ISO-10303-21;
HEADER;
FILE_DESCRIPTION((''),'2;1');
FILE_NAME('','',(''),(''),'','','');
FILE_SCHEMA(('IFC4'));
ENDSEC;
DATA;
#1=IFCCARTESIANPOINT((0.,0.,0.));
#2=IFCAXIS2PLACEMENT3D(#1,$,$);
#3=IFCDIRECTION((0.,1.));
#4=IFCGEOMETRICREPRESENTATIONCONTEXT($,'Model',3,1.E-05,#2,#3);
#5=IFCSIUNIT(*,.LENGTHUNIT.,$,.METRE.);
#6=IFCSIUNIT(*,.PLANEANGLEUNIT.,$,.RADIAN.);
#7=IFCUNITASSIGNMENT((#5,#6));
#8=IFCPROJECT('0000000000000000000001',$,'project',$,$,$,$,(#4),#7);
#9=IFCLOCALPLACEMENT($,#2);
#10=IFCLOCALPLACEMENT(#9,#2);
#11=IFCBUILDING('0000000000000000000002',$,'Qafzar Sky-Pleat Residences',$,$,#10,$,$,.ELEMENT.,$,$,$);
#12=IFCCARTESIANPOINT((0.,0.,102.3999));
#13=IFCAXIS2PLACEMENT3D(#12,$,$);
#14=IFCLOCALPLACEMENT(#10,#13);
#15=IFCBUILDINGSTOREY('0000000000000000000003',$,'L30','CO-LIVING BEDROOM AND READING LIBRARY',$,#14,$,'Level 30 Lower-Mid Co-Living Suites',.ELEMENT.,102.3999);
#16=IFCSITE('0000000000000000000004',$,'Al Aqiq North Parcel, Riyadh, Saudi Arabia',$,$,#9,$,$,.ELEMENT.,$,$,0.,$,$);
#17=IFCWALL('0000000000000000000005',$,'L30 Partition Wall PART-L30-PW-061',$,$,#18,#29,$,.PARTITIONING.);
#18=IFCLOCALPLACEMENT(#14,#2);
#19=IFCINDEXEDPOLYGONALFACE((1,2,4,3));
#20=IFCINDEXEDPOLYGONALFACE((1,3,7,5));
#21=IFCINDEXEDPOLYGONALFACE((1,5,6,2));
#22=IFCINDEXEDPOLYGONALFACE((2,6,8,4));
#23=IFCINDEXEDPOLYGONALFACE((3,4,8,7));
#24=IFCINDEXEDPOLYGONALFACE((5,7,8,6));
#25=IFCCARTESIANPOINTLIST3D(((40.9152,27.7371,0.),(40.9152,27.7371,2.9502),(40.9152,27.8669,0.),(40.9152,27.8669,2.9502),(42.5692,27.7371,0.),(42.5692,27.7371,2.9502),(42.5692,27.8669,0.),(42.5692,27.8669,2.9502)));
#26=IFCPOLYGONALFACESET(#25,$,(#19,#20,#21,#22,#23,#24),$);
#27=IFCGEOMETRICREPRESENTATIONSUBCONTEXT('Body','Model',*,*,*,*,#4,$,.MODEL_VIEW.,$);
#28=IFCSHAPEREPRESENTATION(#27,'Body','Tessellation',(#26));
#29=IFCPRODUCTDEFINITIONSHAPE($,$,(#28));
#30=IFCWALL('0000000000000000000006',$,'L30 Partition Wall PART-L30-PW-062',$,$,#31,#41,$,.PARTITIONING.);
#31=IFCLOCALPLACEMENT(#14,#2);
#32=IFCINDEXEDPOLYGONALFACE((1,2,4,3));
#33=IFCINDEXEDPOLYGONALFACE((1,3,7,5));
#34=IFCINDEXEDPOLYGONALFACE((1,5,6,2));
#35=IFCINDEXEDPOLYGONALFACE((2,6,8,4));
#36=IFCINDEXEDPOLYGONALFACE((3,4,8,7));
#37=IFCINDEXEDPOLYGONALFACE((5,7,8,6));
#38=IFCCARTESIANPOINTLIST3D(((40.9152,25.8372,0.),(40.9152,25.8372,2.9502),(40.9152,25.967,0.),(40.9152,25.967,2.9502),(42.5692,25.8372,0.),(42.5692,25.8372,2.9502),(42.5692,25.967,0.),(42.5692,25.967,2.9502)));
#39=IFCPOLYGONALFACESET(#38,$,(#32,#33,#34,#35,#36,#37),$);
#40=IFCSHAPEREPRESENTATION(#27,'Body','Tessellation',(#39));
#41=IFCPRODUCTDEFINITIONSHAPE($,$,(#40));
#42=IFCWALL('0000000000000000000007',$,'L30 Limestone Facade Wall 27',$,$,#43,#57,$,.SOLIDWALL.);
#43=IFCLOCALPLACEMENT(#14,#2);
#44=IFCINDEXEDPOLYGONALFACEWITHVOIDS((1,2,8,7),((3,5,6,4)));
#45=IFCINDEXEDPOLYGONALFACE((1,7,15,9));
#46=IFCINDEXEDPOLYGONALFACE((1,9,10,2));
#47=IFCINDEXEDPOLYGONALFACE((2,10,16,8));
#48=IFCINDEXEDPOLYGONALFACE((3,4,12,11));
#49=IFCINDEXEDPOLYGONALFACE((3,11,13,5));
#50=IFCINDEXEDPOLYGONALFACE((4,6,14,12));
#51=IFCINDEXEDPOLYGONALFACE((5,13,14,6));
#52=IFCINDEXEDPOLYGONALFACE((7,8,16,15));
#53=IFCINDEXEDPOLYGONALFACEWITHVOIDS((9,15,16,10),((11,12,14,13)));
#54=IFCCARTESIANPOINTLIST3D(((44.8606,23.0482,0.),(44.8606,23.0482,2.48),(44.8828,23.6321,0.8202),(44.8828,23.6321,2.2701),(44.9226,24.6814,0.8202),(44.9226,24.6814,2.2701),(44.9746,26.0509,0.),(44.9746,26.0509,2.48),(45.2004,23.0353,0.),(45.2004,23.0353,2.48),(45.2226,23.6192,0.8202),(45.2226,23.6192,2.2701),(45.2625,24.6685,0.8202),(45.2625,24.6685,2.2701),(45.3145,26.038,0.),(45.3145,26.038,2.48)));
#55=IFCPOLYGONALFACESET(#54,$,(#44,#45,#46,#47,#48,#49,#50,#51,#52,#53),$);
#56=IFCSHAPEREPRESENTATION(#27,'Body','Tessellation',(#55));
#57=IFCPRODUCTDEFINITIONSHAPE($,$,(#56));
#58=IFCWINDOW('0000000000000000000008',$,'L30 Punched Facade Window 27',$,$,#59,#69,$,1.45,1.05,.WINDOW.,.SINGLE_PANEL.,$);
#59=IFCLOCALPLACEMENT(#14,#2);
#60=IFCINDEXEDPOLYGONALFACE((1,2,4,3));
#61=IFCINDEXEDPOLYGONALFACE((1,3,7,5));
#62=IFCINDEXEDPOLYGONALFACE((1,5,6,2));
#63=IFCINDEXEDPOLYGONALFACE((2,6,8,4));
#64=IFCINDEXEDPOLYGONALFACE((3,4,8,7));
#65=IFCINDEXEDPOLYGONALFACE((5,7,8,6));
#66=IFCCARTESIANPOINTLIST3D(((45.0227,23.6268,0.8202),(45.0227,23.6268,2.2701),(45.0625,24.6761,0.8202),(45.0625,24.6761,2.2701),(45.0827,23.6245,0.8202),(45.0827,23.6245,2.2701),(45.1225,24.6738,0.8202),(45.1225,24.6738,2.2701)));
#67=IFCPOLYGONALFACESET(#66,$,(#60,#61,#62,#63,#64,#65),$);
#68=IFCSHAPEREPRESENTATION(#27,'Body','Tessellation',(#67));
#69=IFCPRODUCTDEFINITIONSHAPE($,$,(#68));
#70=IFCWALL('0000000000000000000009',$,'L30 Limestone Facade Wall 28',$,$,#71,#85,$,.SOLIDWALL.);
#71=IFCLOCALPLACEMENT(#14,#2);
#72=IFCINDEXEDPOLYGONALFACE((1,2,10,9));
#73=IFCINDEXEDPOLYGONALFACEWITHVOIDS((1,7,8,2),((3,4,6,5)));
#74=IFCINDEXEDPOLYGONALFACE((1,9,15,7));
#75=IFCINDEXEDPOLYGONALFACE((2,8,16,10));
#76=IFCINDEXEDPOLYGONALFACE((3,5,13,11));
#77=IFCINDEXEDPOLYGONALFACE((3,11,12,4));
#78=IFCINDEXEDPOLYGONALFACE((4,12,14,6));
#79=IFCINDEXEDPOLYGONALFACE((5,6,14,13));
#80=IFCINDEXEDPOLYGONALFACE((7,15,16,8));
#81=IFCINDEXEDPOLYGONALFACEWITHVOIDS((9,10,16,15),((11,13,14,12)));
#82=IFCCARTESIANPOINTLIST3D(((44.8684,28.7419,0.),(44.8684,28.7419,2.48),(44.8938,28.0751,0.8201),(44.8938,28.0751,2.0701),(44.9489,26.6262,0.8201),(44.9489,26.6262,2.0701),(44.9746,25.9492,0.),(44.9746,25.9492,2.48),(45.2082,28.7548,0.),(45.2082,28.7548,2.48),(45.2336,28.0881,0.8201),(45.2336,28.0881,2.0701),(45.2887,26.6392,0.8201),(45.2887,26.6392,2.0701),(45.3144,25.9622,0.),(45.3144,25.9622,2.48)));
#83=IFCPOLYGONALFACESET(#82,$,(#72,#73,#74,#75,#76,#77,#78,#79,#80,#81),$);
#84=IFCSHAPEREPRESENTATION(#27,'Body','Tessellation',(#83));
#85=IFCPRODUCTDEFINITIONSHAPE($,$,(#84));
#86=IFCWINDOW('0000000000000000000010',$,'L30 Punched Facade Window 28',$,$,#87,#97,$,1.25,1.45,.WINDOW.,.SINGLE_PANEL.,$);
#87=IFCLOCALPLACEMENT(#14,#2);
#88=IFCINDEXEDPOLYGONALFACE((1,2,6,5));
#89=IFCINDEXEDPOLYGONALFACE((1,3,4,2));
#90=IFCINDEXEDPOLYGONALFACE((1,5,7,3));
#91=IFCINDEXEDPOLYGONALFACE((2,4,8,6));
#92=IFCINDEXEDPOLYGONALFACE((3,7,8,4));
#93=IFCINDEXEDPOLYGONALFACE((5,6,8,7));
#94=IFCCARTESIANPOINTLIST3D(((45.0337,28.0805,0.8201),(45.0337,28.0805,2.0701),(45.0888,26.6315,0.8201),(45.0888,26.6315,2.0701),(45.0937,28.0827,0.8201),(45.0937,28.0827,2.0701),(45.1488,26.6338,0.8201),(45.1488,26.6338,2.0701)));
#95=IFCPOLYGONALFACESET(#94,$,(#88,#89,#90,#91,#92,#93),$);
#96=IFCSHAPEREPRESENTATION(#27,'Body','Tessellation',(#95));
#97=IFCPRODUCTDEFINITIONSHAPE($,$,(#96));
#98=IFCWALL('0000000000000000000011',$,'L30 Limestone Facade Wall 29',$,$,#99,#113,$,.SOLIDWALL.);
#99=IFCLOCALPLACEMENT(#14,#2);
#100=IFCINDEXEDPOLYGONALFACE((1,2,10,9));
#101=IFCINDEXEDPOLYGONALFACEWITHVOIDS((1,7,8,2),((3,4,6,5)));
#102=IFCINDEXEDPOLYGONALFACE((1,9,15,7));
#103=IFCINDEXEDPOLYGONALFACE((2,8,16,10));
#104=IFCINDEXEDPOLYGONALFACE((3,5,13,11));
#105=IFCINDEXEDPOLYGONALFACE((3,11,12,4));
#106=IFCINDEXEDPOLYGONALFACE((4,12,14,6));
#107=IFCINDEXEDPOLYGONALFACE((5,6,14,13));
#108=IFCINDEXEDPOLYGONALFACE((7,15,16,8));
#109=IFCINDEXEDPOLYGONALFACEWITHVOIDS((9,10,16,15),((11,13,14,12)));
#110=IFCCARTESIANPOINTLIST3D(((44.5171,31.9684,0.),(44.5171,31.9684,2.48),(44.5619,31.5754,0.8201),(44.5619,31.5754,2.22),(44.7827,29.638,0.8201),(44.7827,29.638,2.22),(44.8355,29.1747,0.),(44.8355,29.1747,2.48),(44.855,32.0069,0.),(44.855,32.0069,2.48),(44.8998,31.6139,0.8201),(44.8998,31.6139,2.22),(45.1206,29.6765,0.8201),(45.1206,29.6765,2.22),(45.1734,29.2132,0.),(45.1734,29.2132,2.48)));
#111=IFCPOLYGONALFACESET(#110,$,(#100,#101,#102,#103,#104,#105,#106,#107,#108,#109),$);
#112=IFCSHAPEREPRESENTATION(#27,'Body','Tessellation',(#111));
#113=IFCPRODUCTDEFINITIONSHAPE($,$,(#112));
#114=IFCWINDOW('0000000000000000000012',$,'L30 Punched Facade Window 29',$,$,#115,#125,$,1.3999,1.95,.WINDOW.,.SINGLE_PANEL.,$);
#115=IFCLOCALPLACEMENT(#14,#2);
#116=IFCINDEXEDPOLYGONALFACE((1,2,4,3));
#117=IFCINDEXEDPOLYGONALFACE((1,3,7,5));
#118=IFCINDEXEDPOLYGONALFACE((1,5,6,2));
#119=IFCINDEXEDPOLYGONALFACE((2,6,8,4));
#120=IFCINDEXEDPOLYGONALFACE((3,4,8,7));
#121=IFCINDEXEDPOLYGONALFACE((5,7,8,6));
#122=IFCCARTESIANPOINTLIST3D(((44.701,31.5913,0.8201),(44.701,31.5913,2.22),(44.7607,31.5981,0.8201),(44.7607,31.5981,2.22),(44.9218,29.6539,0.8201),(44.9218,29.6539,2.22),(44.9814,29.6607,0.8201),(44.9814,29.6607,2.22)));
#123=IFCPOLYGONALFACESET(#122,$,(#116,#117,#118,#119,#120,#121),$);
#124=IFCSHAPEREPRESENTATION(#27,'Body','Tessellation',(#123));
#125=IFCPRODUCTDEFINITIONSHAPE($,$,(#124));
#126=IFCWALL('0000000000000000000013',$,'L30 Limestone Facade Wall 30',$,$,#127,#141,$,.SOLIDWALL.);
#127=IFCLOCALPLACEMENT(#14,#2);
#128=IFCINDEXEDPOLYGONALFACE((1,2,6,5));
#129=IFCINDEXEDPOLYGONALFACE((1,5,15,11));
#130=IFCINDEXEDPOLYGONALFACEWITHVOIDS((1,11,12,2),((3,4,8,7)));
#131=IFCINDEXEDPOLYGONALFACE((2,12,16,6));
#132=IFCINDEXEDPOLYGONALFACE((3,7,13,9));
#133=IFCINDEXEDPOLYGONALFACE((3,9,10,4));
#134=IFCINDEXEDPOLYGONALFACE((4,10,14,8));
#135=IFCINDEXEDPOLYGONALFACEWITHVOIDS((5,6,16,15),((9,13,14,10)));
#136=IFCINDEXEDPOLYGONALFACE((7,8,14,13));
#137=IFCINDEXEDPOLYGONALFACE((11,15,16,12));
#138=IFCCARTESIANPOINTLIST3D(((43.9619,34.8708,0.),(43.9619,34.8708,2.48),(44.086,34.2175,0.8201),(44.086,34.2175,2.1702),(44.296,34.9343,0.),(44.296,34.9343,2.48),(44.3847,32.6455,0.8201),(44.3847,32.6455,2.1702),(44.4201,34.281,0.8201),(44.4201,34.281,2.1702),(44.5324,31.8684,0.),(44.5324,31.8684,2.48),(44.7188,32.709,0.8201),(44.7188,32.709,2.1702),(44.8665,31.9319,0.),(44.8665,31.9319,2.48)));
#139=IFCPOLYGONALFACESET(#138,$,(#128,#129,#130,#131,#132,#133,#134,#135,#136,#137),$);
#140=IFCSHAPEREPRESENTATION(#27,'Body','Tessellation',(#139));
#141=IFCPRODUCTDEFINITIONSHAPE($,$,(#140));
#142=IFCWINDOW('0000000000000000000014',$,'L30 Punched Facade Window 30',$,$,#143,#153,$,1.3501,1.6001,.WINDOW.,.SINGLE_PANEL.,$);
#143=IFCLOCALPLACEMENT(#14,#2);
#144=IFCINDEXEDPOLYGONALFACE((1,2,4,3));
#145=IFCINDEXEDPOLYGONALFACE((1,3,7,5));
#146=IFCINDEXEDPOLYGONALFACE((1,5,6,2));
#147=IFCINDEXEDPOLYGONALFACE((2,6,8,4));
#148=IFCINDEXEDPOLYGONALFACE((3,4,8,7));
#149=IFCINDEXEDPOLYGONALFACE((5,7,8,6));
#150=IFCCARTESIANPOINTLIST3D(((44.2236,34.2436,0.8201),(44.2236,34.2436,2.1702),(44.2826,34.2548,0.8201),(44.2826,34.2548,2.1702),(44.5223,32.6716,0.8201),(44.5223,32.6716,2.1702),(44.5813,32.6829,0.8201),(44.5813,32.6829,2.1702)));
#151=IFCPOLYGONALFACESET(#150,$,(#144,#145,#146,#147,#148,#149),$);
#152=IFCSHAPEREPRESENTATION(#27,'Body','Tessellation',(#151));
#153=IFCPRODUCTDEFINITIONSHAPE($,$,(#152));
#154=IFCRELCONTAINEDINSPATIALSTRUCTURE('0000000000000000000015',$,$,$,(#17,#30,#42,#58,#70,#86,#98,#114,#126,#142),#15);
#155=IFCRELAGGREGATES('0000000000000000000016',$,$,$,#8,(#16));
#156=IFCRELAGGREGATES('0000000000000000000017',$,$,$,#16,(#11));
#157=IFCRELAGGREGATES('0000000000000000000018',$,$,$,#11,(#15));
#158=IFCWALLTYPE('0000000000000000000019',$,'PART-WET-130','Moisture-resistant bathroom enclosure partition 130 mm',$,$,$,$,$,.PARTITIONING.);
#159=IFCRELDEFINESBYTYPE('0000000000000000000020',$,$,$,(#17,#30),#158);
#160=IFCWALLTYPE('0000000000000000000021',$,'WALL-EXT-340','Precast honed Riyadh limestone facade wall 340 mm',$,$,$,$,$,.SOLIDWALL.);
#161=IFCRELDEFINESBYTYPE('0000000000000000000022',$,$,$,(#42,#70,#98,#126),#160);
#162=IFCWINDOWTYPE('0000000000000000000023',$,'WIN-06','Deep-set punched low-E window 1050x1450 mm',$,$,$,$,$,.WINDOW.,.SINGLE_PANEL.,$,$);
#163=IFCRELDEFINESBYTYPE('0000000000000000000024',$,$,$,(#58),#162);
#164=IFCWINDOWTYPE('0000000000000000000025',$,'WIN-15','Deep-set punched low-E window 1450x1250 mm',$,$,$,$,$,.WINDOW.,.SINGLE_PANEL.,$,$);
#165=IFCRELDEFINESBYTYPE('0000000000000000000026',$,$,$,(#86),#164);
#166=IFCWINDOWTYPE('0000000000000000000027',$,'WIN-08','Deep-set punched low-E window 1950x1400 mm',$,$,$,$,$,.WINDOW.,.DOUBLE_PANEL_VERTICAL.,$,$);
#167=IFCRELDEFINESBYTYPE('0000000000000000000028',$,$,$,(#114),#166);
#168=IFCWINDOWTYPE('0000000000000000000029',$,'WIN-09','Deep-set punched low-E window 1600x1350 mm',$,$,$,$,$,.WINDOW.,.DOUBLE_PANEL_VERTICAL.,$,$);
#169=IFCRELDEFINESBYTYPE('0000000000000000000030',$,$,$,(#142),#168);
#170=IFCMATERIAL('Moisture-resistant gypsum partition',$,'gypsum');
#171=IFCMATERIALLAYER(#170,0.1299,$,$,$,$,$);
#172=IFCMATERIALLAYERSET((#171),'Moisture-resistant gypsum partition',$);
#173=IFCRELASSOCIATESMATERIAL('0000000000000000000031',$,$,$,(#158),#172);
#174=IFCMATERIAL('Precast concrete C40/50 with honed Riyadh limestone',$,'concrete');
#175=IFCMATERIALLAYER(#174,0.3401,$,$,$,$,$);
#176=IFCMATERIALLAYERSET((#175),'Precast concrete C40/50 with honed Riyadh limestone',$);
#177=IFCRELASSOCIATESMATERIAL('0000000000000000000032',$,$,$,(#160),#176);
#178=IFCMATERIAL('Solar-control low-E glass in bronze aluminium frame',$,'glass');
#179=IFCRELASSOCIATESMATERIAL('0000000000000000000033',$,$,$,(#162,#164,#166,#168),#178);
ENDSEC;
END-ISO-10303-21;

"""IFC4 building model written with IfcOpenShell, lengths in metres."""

from ifc_helpers import new_model, si_unit, direction, frame, frame_2d, origin, place, context, subcontext, project, spatial, rectangle, extrude, source, transform, mapped, material, layer, layer_set, type_object, element, fill, save


model = new_model("IFC4")

# Units and contexts
model_context = context("Model", 3, precision=1e-05, world=origin(), true_north=direction((0.0, 1.0)))
body_context = subcontext(model_context, "Body", "Model", "MODEL_VIEW")
ifc_project = project(units=[si_unit("LENGTHUNIT", "METRE"), si_unit("PLANEANGLEUNIT", "RADIAN")], contexts=[model_context])

# Site, building, storey
site_placement = place(None, origin())
site = spatial("IfcSite", under=ifc_project, at=site_placement, Name="Al Aqiq North Parcel, Riyadh, Saudi Arabia", CompositionType="ELEMENT", RefElevation=0.0)
building_placement = place(site_placement, origin())
building = spatial("IfcBuilding", under=site, at=building_placement, Name="Qafzar Sky-Pleat Residences", CompositionType="ELEMENT")
storey_placement = place(building_placement, frame((0.0, 0.0, 102.3999)))
storey = spatial("IfcBuildingStorey", under=building, at=storey_placement, Name="L30", Description="CO-LIVING BEDROOM AND READING LIBRARY", LongName="Level 30 Lower-Mid Co-Living Suites", CompositionType="ELEMENT", Elevation=102.3999)

# Shared definitions
ifc_material_1 = material(Name="Moisture-resistant gypsum partition", Category="gypsum")
ifc_layer_1 = layer(ifc_material_1, 0.1299)
ifc_layer_set_1 = layer_set([ifc_layer_1], Name="Moisture-resistant gypsum partition")
wall_type_1 = type_object("IfcWallType", Name="PART-WET-130", Description="Moisture-resistant bathroom enclosure partition 130 mm", PredefinedType="PARTITIONING", material=ifc_layer_set_1)

# Walls
for number, where, z_axis, x_axis, name in (
    (1, (40.915, 27.802, 0.0), (0.0, 0.0, 1.0), (1.0, 0.0, 0.0), "L30 Partition Wall PART-L30-PW-061"),
    (2, (40.915, 25.9021, 0.0), (0.0, 0.0, 1.0), (1.0, 0.0, 0.0), "L30 Partition Wall PART-L30-PW-062"),
):
    element("IfcWall", number, at=place(storey_placement, frame(where, z_axis=z_axis, x_axis=x_axis)), inside=storey, type_object=wall_type_1, Name=name, PredefinedType="PARTITIONING", context=body_context, shape_type="SweptSolid", body=[
        extrude(rectangle(XDim=1.6541, YDim=0.1299, at=frame_2d((0.8271, 0.0))), origin(), (0.0, 0.0, 1.0), 2.9502),
    ])

# Walls, openings, windows
ifc_material_2 = material(Name="Precast concrete C40/50 with honed Riyadh limestone", Category="concrete")
ifc_layer_2 = layer(ifc_material_2, 0.3401)
ifc_layer_set_2 = layer_set([ifc_layer_2], Name="Precast concrete C40/50 with honed Riyadh limestone")
wall_type_2 = type_object("IfcWallType", Name="WALL-EXT-340", Description="Precast honed Riyadh limestone facade wall 340 mm", PredefinedType="SOLIDWALL", material=ifc_layer_set_2)
wall_1_placement = place(storey_placement, frame((45.0305, 23.0417, 0.0), z_axis=(0.0, 0.0, 1.0), x_axis=(0.037943, 0.99928, 0.0)))
wall_1 = element("IfcWall", 3, at=wall_1_placement, inside=storey, type_object=wall_type_2, Name="L30 Limestone Facade Wall 27", PredefinedType="SOLIDWALL", context=body_context, shape_type="SweptSolid", body=[
    extrude(rectangle(XDim=3.0049, YDim=0.3401, at=frame_2d((1.5024, 0.0))), origin(), (0.0, 0.0, 1.0), 2.48),
])
opening_1_placement = place(wall_1_placement, frame((0.5845, 0.0, 0.8201)))
opening_1 = element("IfcOpeningElement", 4, at=opening_1_placement, cuts=wall_1, PredefinedType="OPENING", context=body_context, shape_type="SweptSolid", body=[
    extrude(rectangle(XDim=1.05, YDim=1.45, at=frame_2d((0.5249, 0.7251))), frame((0.0, 0.1802, 0.0), z_axis=(0.0, -1.0, 0.0), x_axis=(1.0, 0.0, 0.0)), (0.0, 0.0, 1.0), 0.3601),
])
ifc_material_3 = material(Name="Solar-control low-E glass in bronze aluminium frame", Category="glass")
window_type_1 = type_object("IfcWindowType", Name="WIN-06", Description="Deep-set punched low-E window 1050x1450 mm", PartitioningType="SINGLE_PANEL", PredefinedType="WINDOW", material=ifc_material_3)
shared_shape_1 = source(origin(), body_context, "Body", "SweptSolid", [
    extrude(rectangle(XDim=1.05, YDim=1.45, at=frame_2d((0.5249, 0.7251))), frame((0.0, 0.03, 0.0), z_axis=(0.0, -1.0, 0.0), x_axis=(1.0, 0.0, 0.0)), (0.0, 0.0, 1.0), 0.0601),
])
window_1_placement = place(opening_1_placement, origin())
window_1 = element("IfcWindow", 5, at=window_1_placement, inside=storey, type_object=window_type_1, Name="L30 Punched Facade Window 27", OverallHeight=1.45, OverallWidth=1.05, PartitioningType="SINGLE_PANEL", PredefinedType="WINDOW", context=body_context, shape_type="MappedRepresentation", body=[
    mapped(shared_shape_1, transform((0.0, 0.0, 0.0), x_axis=(1.0, 0.0, 0.0), y_axis=(0.0, 1.0, 0.0), z_axis=(0.0, 0.0, 1.0), scale=1.0)),
])
fill(opening_1, window_1)
wall_2_placement = place(storey_placement, frame((45.1445, 25.9556, 0.0), z_axis=(0.0, 0.0, 1.0), x_axis=(-0.038, 0.999278, 0.0)))
wall_2 = element("IfcWall", 6, at=wall_2_placement, inside=storey, type_object=wall_type_2, Name="L30 Limestone Facade Wall 28", PredefinedType="SOLIDWALL", context=body_context, shape_type="SweptSolid", body=[
    extrude(rectangle(XDim=2.7947, YDim=0.3401, at=frame_2d((1.3975, 0.0))), origin(), (0.0, 0.0, 1.0), 2.48),
])
opening_2_placement = place(wall_2_placement, frame((0.6775, 0.0, 0.8201)))
opening_2 = element("IfcOpeningElement", 7, at=opening_2_placement, cuts=wall_2, PredefinedType="OPENING", context=body_context, shape_type="SweptSolid", body=[
    extrude(rectangle(XDim=1.45, YDim=1.25, at=frame_2d((0.7251, 0.625))), frame((0.0, 0.1802, 0.0), z_axis=(0.0, -1.0, 0.0), x_axis=(1.0, 0.0, 0.0)), (0.0, 0.0, 1.0), 0.3601),
])
window_type_2 = type_object("IfcWindowType", Name="WIN-15", Description="Deep-set punched low-E window 1450x1250 mm", PartitioningType="SINGLE_PANEL", PredefinedType="WINDOW", material=ifc_material_3)
shared_shape_2 = source(origin(), body_context, "Body", "SweptSolid", [
    extrude(rectangle(XDim=1.45, YDim=1.25, at=frame_2d((0.7251, 0.625))), frame((0.0, 0.03, 0.0), z_axis=(0.0, -1.0, 0.0), x_axis=(1.0, 0.0, 0.0)), (0.0, 0.0, 1.0), 0.0601),
])
window_2_placement = place(opening_2_placement, origin())
window_2 = element("IfcWindow", 8, at=window_2_placement, inside=storey, type_object=window_type_2, Name="L30 Punched Facade Window 28", OverallHeight=1.25, OverallWidth=1.45, PartitioningType="SINGLE_PANEL", PredefinedType="WINDOW", context=body_context, shape_type="MappedRepresentation", body=[
    mapped(shared_shape_2, transform((0.0, 0.0, 0.0), x_axis=(1.0, 0.0, 0.0), y_axis=(0.0, 1.0, 0.0), z_axis=(0.0, 0.0, 1.0), scale=1.0)),
])
fill(opening_2, window_2)
wall_3_placement = place(storey_placement, frame((45.0044, 29.1941, 0.0), z_axis=(0.0, 0.0, 1.0), x_axis=(-0.113223, 0.99357, 0.0)))
wall_3 = element("IfcWall", 9, at=wall_3_placement, inside=storey, type_object=wall_type_2, Name="L30 Limestone Facade Wall 29", PredefinedType="SOLIDWALL", context=body_context, shape_type="SweptSolid", body=[
    extrude(rectangle(XDim=2.8118, YDim=0.3401, at=frame_2d((1.4058, 0.0))), origin(), (0.0, 0.0, 1.0), 2.48),
])
opening_3_placement = place(wall_3_placement, frame((0.4661, 0.0, 0.8201)))
opening_3 = element("IfcOpeningElement", 10, at=opening_3_placement, cuts=wall_3, PredefinedType="OPENING", context=body_context, shape_type="SweptSolid", body=[
    extrude(rectangle(XDim=1.95, YDim=1.3999, at=frame_2d((0.9751, 0.7))), frame((0.0, 0.1802, 0.0), z_axis=(0.0, -1.0, 0.0), x_axis=(1.0, 0.0, 0.0)), (0.0, 0.0, 1.0), 0.3601),
])
window_type_3 = type_object("IfcWindowType", Name="WIN-08", Description="Deep-set punched low-E window 1950x1400 mm", PartitioningType="DOUBLE_PANEL_VERTICAL", PredefinedType="WINDOW", material=ifc_material_3)
shared_shape_3 = source(origin(), body_context, "Body", "SweptSolid", [
    extrude(rectangle(XDim=1.95, YDim=1.3999, at=frame_2d((0.9751, 0.7))), frame((0.0, 0.03, 0.0), z_axis=(0.0, -1.0, 0.0), x_axis=(1.0, 0.0, 0.0)), (0.0, 0.0, 1.0), 0.0601),
])
window_3_placement = place(opening_3_placement, origin())
window_3 = element("IfcWindow", 11, at=window_3_placement, inside=storey, type_object=window_type_3, Name="L30 Punched Facade Window 29", OverallHeight=1.3999, OverallWidth=1.95, PartitioningType="SINGLE_PANEL", PredefinedType="WINDOW", context=body_context, shape_type="MappedRepresentation", body=[
    mapped(shared_shape_3, transform((0.0, 0.0, 0.0), x_axis=(1.0, 0.0, 0.0), y_axis=(0.0, 1.0, 0.0), z_axis=(0.0, 0.0, 1.0), scale=1.0)),
])
fill(opening_3, window_3)
wall_4_placement = place(storey_placement, frame((44.6995, 31.9001, 0.0), z_axis=(0.0, 0.0, 1.0), x_axis=(-0.18669, 0.982419, 0.0)))
wall_4 = element("IfcWall", 12, at=wall_4_placement, inside=storey, type_object=wall_type_2, Name="L30 Limestone Facade Wall 30", PredefinedType="SOLIDWALL", context=body_context, shape_type="SweptSolid", body=[
    extrude(rectangle(XDim=3.0562, YDim=0.3401, at=frame_2d((1.5281, 0.0))), origin(), (0.0, 0.0, 1.0), 2.48),
])
opening_4_placement = place(wall_4_placement, frame((0.791, 0.0, 0.8201)))
opening_4 = element("IfcOpeningElement", 13, at=opening_4_placement, cuts=wall_4, PredefinedType="OPENING", context=body_context, shape_type="SweptSolid", body=[
    extrude(rectangle(XDim=1.6001, YDim=1.3501, at=frame_2d((0.8, 0.675))), frame((0.0, 0.1802, 0.0), z_axis=(0.0, -1.0, 0.0), x_axis=(1.0, 0.0, 0.0)), (0.0, 0.0, 1.0), 0.3601),
])
window_type_4 = type_object("IfcWindowType", Name="WIN-09", Description="Deep-set punched low-E window 1600x1350 mm", PartitioningType="DOUBLE_PANEL_VERTICAL", PredefinedType="WINDOW", material=ifc_material_3)
shared_shape_4 = source(origin(), body_context, "Body", "SweptSolid", [
    extrude(rectangle(XDim=1.6001, YDim=1.3501, at=frame_2d((0.8, 0.675))), frame((0.0, 0.03, 0.0), z_axis=(0.0, -1.0, 0.0), x_axis=(1.0, 0.0, 0.0)), (0.0, 0.0, 1.0), 0.0601),
])
window_4_placement = place(opening_4_placement, origin())
window_4 = element("IfcWindow", 14, at=window_4_placement, inside=storey, type_object=window_type_4, Name="L30 Punched Facade Window 30", OverallHeight=1.3501, OverallWidth=1.6001, PartitioningType="SINGLE_PANEL", PredefinedType="WINDOW", context=body_context, shape_type="MappedRepresentation", body=[
    mapped(shared_shape_4, transform((0.0, 0.0, 0.0), x_axis=(1.0, 0.0, 0.0), y_axis=(0.0, 1.0, 0.0), z_axis=(0.0, 0.0, 1.0), scale=1.0)),
])
fill(opening_4, window_4)

save(model, "model.ifc")
